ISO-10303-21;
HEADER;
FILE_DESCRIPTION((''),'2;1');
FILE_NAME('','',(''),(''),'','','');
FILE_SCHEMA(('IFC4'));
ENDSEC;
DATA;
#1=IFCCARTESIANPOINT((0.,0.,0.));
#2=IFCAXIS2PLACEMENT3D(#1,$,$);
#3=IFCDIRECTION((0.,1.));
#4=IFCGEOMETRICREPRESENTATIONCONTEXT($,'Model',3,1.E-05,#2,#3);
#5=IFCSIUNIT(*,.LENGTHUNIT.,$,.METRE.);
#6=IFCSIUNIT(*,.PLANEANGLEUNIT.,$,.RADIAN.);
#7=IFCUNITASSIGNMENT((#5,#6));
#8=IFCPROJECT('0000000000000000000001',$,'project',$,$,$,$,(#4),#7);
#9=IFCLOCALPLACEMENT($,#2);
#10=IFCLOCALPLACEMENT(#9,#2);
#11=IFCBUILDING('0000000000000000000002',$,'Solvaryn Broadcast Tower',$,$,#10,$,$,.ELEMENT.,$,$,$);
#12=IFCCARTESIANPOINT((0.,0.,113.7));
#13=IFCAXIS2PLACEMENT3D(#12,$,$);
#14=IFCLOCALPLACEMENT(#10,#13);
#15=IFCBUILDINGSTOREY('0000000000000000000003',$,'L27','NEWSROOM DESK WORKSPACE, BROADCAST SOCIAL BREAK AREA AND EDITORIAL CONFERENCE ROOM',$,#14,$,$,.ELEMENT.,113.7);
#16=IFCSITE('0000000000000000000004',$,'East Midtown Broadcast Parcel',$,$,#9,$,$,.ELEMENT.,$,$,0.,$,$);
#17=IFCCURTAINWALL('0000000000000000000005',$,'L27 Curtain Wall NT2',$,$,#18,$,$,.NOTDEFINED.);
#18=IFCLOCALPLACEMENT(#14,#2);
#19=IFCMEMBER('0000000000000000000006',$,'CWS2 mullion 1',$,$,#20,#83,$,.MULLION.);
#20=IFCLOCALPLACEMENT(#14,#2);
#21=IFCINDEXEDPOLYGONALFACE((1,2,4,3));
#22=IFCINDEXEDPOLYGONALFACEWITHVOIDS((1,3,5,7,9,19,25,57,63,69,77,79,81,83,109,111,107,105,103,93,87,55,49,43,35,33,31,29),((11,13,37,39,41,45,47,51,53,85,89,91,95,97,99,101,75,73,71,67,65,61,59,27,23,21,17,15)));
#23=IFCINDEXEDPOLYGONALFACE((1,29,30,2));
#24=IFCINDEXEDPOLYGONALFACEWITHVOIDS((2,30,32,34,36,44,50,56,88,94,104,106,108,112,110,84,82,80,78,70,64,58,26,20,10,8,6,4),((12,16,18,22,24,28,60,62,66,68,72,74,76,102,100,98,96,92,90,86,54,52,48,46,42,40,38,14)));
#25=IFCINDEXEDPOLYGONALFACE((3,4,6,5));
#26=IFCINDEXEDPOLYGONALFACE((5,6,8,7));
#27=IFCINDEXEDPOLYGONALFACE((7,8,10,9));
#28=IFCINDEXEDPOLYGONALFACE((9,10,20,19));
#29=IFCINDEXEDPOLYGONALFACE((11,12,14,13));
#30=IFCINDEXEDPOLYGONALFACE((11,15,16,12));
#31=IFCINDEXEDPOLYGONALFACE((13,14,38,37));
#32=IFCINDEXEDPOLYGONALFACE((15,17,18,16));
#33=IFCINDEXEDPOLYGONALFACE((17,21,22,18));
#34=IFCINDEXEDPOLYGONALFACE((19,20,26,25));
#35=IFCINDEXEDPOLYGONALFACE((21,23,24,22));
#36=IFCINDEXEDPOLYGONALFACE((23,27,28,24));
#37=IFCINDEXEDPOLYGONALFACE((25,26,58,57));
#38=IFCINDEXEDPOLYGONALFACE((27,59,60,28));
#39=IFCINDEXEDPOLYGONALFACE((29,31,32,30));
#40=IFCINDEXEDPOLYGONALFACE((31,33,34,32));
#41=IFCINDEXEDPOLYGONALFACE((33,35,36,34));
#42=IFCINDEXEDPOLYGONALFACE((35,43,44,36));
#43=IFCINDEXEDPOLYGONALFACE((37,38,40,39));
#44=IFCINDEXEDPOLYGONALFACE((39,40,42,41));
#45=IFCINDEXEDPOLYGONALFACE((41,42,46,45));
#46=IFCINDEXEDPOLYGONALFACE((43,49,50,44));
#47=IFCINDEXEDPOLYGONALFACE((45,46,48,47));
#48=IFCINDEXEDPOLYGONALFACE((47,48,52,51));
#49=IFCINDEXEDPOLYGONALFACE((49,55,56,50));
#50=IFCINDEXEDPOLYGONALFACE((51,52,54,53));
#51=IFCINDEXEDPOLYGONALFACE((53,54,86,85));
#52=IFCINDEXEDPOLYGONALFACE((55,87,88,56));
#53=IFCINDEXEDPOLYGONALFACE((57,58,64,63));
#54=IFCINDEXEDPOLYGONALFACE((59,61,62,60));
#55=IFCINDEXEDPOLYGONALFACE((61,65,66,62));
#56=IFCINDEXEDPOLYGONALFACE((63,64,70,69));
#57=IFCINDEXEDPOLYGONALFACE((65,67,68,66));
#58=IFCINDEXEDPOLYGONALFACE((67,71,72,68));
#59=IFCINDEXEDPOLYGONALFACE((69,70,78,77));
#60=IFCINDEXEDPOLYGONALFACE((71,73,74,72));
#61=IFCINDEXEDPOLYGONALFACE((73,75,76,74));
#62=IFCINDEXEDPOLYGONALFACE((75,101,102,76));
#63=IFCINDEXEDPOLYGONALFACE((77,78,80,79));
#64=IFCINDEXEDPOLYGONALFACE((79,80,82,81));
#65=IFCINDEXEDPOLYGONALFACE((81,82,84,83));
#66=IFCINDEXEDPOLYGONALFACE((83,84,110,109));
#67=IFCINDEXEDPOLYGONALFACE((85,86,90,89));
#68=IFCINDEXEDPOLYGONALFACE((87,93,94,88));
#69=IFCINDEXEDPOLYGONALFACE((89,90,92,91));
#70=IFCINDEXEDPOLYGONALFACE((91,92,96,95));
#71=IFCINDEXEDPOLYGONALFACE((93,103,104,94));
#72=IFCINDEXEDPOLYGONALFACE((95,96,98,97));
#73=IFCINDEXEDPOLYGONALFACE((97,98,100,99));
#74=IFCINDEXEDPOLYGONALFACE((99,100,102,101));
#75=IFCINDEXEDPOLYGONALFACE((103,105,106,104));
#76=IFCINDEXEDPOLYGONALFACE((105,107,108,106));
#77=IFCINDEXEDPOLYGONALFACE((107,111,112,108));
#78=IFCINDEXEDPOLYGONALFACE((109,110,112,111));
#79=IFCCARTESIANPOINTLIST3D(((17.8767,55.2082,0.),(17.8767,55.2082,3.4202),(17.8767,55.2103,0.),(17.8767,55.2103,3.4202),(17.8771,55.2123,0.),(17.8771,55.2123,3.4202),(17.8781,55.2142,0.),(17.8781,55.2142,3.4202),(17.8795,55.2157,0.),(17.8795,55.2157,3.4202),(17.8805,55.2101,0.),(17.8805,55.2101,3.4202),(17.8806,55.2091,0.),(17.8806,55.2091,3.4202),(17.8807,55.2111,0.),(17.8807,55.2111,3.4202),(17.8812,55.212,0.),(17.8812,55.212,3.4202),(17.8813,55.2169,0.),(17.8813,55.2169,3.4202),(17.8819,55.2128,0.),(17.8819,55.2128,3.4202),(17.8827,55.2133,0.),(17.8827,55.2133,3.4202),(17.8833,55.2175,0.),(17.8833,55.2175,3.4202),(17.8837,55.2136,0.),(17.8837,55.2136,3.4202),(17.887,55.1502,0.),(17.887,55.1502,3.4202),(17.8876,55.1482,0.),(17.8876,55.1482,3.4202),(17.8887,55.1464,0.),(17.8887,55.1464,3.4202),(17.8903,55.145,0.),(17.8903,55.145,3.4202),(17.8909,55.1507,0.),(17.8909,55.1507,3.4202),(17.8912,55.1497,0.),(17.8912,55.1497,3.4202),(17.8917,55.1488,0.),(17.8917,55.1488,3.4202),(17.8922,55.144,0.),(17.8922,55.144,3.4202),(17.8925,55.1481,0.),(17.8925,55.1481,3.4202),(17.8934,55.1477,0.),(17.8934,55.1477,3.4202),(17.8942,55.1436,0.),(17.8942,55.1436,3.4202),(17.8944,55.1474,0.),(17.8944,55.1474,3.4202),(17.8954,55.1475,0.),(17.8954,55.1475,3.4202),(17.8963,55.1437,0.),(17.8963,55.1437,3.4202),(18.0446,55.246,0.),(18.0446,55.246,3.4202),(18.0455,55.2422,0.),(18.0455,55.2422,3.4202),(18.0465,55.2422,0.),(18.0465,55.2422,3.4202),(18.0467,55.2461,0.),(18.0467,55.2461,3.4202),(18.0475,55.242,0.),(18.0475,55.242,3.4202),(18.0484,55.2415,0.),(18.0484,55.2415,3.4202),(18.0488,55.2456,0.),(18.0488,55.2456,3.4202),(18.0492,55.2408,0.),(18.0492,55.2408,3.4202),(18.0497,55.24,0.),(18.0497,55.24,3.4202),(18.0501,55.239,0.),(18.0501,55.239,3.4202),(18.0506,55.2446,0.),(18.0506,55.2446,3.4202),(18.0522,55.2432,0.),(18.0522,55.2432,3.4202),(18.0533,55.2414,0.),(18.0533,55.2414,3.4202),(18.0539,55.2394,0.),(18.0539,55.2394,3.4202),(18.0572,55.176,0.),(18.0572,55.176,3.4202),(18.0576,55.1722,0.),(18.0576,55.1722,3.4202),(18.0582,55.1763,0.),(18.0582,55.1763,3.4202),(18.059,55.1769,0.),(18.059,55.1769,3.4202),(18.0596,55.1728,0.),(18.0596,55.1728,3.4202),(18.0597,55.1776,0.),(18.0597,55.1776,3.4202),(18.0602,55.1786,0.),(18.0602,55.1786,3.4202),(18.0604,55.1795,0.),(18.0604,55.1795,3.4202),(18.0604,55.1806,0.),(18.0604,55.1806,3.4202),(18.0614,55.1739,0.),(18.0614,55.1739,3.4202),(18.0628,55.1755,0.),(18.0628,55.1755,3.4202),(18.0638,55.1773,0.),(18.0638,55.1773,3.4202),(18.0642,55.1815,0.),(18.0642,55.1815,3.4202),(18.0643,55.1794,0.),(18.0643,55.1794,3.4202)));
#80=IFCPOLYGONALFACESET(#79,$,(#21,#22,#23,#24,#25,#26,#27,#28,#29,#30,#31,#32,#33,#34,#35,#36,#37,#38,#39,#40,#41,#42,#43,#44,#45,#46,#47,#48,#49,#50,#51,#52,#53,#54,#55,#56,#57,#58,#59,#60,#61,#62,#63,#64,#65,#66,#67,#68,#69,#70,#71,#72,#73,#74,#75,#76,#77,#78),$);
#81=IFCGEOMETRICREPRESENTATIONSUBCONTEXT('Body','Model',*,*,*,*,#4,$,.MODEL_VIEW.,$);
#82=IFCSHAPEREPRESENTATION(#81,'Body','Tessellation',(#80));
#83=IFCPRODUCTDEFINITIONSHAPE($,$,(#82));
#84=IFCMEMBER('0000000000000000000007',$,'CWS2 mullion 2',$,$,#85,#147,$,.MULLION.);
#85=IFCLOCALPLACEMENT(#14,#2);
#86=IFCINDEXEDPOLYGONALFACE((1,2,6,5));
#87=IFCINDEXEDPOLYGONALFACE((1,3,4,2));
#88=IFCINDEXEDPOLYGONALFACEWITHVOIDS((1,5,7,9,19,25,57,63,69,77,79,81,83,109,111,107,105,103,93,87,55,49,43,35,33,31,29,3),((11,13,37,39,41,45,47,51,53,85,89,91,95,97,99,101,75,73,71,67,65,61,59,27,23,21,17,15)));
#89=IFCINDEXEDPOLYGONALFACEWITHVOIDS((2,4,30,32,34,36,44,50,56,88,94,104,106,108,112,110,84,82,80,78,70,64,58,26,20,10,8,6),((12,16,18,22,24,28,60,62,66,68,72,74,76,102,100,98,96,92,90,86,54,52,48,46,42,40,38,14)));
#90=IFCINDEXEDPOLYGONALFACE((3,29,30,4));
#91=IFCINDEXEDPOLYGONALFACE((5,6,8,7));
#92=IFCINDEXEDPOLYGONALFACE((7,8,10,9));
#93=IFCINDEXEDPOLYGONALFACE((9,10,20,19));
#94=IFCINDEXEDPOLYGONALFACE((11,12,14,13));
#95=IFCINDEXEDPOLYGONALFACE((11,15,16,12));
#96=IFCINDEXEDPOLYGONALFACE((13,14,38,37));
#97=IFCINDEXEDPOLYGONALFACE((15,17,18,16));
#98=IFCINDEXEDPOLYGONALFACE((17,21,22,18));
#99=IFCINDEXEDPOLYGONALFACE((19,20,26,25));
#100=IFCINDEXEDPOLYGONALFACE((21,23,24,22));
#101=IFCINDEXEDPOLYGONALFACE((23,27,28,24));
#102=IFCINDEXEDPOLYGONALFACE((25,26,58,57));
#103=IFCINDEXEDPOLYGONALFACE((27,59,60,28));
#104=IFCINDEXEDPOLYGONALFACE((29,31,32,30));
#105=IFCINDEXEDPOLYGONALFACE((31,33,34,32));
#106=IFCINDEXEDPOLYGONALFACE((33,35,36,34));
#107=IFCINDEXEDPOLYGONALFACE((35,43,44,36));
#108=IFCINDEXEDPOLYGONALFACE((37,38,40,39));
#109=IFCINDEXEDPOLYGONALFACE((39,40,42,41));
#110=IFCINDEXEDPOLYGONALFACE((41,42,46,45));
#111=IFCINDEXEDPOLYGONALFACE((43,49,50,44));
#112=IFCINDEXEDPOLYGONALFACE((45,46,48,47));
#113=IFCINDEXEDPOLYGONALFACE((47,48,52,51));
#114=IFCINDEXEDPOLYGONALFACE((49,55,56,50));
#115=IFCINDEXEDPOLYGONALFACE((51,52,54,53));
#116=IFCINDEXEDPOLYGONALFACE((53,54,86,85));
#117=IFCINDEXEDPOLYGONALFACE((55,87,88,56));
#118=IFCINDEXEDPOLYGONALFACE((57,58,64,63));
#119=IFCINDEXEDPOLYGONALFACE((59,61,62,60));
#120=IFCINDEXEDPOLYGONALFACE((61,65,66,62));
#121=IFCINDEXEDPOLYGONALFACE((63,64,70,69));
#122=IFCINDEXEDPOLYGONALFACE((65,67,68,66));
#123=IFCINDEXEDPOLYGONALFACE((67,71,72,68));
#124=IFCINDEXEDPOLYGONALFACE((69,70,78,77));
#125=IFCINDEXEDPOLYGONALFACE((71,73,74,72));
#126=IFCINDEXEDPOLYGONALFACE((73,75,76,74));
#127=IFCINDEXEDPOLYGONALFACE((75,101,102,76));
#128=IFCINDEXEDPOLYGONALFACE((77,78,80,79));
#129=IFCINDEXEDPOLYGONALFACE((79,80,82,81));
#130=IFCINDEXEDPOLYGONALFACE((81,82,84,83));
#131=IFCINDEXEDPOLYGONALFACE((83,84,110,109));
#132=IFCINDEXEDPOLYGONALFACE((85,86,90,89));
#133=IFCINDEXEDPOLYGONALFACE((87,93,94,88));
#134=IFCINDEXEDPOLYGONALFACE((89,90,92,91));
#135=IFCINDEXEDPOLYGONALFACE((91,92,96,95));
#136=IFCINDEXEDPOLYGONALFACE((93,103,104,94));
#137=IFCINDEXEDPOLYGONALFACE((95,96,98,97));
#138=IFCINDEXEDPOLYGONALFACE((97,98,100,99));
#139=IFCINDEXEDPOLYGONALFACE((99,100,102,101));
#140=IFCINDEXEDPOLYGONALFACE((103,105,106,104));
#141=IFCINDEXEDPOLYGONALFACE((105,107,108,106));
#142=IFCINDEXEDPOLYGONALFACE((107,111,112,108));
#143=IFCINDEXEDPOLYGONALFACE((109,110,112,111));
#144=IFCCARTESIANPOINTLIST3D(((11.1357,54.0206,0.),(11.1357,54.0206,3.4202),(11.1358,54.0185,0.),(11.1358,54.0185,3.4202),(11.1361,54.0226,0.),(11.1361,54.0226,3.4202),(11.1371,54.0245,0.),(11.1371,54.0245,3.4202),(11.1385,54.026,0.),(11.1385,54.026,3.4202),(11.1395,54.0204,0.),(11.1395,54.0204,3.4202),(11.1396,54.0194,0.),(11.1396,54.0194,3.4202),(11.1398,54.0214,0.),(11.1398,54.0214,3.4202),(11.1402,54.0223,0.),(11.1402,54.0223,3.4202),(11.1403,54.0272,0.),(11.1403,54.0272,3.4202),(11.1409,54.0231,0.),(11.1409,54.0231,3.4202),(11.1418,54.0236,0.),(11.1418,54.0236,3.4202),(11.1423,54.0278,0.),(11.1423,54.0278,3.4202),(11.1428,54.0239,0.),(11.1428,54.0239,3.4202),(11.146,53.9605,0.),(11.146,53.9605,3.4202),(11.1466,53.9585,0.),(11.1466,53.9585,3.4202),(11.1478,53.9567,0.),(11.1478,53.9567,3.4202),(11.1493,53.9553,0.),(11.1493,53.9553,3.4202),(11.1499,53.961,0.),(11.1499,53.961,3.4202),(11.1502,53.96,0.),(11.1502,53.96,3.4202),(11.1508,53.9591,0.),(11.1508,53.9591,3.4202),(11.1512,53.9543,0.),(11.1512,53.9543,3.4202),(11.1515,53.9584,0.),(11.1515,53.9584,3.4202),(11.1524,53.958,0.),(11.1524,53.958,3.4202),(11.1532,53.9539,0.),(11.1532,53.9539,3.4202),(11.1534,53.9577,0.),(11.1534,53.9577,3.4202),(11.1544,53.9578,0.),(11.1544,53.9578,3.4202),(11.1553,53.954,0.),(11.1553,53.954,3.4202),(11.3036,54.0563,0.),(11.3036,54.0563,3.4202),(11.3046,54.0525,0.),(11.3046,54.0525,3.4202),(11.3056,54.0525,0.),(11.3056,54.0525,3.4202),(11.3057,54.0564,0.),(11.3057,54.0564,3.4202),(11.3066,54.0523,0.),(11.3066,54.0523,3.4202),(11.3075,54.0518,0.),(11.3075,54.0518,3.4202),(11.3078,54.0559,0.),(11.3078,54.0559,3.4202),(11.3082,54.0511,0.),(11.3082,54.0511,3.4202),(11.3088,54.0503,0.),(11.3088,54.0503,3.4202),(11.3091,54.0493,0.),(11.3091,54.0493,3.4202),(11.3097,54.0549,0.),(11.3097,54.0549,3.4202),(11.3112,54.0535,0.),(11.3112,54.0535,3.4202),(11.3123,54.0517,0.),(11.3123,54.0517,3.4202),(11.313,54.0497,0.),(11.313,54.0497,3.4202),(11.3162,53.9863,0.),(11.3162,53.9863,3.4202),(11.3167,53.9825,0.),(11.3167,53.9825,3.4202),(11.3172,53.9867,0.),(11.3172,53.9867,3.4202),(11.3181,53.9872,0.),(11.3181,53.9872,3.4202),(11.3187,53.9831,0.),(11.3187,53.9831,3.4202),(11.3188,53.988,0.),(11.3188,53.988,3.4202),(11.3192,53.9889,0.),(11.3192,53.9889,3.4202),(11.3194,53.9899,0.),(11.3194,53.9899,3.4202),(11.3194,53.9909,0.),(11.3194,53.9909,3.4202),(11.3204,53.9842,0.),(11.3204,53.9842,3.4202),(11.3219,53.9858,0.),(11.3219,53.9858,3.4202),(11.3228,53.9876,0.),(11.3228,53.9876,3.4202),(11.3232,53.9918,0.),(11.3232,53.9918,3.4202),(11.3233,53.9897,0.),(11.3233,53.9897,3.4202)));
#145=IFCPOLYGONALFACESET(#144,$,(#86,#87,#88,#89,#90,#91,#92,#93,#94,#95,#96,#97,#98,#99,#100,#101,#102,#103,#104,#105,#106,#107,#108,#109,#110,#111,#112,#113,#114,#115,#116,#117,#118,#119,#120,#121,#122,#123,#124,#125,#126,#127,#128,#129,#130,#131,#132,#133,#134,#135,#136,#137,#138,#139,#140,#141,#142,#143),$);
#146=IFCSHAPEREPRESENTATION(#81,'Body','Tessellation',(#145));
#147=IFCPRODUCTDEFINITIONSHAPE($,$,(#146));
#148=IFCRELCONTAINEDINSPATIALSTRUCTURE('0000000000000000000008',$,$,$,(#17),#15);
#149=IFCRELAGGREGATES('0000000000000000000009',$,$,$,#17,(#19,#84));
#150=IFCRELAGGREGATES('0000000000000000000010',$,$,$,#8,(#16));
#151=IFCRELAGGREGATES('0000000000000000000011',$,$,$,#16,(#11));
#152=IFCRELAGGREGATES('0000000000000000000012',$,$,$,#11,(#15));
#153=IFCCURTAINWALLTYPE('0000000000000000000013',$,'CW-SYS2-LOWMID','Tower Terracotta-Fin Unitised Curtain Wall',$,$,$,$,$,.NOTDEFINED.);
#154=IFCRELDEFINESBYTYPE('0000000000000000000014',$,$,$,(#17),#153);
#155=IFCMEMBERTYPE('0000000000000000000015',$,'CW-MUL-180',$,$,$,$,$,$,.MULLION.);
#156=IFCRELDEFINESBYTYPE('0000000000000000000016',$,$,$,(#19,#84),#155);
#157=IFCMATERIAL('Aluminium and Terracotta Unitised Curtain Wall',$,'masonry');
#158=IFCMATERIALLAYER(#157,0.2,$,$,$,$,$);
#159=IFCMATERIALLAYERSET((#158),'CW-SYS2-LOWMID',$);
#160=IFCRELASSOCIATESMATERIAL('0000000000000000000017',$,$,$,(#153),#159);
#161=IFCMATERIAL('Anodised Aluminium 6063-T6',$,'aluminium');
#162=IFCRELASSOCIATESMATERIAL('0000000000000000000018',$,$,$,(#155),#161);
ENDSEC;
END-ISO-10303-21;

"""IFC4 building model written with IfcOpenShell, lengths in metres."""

from ifc_helpers import new_model, si_unit, direction, frame, origin, origin_2d, place, context, subcontext, project, spatial, hollow_rectangle, extrude, material, layer, layer_set, material_profile, profile_set, type_object, element, aggregate, save


model = new_model("IFC4")

# Units and contexts
model_context = context("Model", 3, precision=1e-05, world=origin(), true_north=direction((0.0, 1.0)))
body_context = subcontext(model_context, "Body", "Model", "MODEL_VIEW")
ifc_project = project(units=[si_unit("LENGTHUNIT", "METRE"), si_unit("PLANEANGLEUNIT", "RADIAN")], contexts=[model_context])

# Site, building, storey
site_placement = place(None, origin())
site = spatial("IfcSite", under=ifc_project, at=site_placement, Name="East Midtown Broadcast Parcel", CompositionType="ELEMENT", RefElevation=0.0)
building_placement = place(site_placement, origin())
building = spatial("IfcBuilding", under=site, at=building_placement, Name="Solvaryn Broadcast Tower", CompositionType="ELEMENT")
storey_placement = place(building_placement, frame((0.0, 0.0, 113.7)))
storey = spatial("IfcBuildingStorey", under=building, at=storey_placement, Name="L27", Description="NEWSROOM DESK WORKSPACE, BROADCAST SOCIAL BREAK AREA AND EDITORIAL CONFERENCE ROOM", CompositionType="ELEMENT", Elevation=113.7)

# Shared definitions
ifc_material_1 = material(Name="Aluminium and Terracotta Unitised Curtain Wall", Category="masonry")
ifc_layer_1 = layer(ifc_material_1, 0.2)
ifc_layer_set_1 = layer_set([ifc_layer_1], Name="CW-SYS2-LOWMID")
curtain_wall_type = type_object("IfcCurtainWallType", Name="CW-SYS2-LOWMID", Description="Tower Terracotta-Fin Unitised Curtain Wall", PredefinedType="NOTDEFINED", material=ifc_layer_set_1)
ifc_material_2 = material(Name="Anodised Aluminium 6063-T6", Category="aluminium")
ifc_material_profile_1 = material_profile(ifc_material_2, hollow_rectangle(XDim=0.075, YDim=0.1799, WallThickness=0.0039, InnerFilletRadius=0.0039, OuterFilletRadius=0.0081, at=origin_2d()))
ifc_profile_set_1 = profile_set([ifc_material_profile_1], Name="Anodised Aluminium 6063-T6")
member_type_1 = type_object("IfcMemberType", Name="CW-MUL-180", PredefinedType="MULLION", material=ifc_profile_set_1)

# Curtain wall, members
curtain_wall_1_placement = place(storey_placement, origin())
curtain_wall_1 = element("IfcCurtainWall", 1, at=curtain_wall_1_placement, inside=storey, type_object=curtain_wall_type, Name="L27 Curtain Wall NT2", PredefinedType="NOTDEFINED")
member_1_placement = place(storey_placement, frame((17.9705, 55.1948, 0.0), z_axis=(0.0, 0.0, 1.0), x_axis=(0.173785, -0.984784, 0.0)))
member_1 = element("IfcMember", 2, at=member_1_placement, type_object=member_type_1, Name="CWS2 mullion 1", PredefinedType="MULLION", context=body_context, shape_type="SweptSolid", body=[
    extrude(hollow_rectangle(XDim=0.075, YDim=0.1799, WallThickness=0.0039, InnerFilletRadius=0.0039, OuterFilletRadius=0.0081, at=origin_2d()), origin(), (0.0, 0.0, 1.0), 3.4202),
])
member_2_placement = place(storey_placement, frame((11.2295, 54.0051, 0.0), z_axis=(0.0, 0.0, 1.0), x_axis=(0.173785, -0.984784, 0.0)))
member_2 = element("IfcMember", 3, at=member_2_placement, type_object=member_type_1, Name="CWS2 mullion 2", PredefinedType="MULLION", context=body_context, shape_type="SweptSolid", body=[
    extrude(hollow_rectangle(XDim=0.075, YDim=0.1799, WallThickness=0.0039, InnerFilletRadius=0.0039, OuterFilletRadius=0.0081, at=origin_2d()), origin(), (0.0, 0.0, 1.0), 3.4202),
])

aggregate(curtain_wall_1, [member_1, member_2])

save(model, "model.ifc")
